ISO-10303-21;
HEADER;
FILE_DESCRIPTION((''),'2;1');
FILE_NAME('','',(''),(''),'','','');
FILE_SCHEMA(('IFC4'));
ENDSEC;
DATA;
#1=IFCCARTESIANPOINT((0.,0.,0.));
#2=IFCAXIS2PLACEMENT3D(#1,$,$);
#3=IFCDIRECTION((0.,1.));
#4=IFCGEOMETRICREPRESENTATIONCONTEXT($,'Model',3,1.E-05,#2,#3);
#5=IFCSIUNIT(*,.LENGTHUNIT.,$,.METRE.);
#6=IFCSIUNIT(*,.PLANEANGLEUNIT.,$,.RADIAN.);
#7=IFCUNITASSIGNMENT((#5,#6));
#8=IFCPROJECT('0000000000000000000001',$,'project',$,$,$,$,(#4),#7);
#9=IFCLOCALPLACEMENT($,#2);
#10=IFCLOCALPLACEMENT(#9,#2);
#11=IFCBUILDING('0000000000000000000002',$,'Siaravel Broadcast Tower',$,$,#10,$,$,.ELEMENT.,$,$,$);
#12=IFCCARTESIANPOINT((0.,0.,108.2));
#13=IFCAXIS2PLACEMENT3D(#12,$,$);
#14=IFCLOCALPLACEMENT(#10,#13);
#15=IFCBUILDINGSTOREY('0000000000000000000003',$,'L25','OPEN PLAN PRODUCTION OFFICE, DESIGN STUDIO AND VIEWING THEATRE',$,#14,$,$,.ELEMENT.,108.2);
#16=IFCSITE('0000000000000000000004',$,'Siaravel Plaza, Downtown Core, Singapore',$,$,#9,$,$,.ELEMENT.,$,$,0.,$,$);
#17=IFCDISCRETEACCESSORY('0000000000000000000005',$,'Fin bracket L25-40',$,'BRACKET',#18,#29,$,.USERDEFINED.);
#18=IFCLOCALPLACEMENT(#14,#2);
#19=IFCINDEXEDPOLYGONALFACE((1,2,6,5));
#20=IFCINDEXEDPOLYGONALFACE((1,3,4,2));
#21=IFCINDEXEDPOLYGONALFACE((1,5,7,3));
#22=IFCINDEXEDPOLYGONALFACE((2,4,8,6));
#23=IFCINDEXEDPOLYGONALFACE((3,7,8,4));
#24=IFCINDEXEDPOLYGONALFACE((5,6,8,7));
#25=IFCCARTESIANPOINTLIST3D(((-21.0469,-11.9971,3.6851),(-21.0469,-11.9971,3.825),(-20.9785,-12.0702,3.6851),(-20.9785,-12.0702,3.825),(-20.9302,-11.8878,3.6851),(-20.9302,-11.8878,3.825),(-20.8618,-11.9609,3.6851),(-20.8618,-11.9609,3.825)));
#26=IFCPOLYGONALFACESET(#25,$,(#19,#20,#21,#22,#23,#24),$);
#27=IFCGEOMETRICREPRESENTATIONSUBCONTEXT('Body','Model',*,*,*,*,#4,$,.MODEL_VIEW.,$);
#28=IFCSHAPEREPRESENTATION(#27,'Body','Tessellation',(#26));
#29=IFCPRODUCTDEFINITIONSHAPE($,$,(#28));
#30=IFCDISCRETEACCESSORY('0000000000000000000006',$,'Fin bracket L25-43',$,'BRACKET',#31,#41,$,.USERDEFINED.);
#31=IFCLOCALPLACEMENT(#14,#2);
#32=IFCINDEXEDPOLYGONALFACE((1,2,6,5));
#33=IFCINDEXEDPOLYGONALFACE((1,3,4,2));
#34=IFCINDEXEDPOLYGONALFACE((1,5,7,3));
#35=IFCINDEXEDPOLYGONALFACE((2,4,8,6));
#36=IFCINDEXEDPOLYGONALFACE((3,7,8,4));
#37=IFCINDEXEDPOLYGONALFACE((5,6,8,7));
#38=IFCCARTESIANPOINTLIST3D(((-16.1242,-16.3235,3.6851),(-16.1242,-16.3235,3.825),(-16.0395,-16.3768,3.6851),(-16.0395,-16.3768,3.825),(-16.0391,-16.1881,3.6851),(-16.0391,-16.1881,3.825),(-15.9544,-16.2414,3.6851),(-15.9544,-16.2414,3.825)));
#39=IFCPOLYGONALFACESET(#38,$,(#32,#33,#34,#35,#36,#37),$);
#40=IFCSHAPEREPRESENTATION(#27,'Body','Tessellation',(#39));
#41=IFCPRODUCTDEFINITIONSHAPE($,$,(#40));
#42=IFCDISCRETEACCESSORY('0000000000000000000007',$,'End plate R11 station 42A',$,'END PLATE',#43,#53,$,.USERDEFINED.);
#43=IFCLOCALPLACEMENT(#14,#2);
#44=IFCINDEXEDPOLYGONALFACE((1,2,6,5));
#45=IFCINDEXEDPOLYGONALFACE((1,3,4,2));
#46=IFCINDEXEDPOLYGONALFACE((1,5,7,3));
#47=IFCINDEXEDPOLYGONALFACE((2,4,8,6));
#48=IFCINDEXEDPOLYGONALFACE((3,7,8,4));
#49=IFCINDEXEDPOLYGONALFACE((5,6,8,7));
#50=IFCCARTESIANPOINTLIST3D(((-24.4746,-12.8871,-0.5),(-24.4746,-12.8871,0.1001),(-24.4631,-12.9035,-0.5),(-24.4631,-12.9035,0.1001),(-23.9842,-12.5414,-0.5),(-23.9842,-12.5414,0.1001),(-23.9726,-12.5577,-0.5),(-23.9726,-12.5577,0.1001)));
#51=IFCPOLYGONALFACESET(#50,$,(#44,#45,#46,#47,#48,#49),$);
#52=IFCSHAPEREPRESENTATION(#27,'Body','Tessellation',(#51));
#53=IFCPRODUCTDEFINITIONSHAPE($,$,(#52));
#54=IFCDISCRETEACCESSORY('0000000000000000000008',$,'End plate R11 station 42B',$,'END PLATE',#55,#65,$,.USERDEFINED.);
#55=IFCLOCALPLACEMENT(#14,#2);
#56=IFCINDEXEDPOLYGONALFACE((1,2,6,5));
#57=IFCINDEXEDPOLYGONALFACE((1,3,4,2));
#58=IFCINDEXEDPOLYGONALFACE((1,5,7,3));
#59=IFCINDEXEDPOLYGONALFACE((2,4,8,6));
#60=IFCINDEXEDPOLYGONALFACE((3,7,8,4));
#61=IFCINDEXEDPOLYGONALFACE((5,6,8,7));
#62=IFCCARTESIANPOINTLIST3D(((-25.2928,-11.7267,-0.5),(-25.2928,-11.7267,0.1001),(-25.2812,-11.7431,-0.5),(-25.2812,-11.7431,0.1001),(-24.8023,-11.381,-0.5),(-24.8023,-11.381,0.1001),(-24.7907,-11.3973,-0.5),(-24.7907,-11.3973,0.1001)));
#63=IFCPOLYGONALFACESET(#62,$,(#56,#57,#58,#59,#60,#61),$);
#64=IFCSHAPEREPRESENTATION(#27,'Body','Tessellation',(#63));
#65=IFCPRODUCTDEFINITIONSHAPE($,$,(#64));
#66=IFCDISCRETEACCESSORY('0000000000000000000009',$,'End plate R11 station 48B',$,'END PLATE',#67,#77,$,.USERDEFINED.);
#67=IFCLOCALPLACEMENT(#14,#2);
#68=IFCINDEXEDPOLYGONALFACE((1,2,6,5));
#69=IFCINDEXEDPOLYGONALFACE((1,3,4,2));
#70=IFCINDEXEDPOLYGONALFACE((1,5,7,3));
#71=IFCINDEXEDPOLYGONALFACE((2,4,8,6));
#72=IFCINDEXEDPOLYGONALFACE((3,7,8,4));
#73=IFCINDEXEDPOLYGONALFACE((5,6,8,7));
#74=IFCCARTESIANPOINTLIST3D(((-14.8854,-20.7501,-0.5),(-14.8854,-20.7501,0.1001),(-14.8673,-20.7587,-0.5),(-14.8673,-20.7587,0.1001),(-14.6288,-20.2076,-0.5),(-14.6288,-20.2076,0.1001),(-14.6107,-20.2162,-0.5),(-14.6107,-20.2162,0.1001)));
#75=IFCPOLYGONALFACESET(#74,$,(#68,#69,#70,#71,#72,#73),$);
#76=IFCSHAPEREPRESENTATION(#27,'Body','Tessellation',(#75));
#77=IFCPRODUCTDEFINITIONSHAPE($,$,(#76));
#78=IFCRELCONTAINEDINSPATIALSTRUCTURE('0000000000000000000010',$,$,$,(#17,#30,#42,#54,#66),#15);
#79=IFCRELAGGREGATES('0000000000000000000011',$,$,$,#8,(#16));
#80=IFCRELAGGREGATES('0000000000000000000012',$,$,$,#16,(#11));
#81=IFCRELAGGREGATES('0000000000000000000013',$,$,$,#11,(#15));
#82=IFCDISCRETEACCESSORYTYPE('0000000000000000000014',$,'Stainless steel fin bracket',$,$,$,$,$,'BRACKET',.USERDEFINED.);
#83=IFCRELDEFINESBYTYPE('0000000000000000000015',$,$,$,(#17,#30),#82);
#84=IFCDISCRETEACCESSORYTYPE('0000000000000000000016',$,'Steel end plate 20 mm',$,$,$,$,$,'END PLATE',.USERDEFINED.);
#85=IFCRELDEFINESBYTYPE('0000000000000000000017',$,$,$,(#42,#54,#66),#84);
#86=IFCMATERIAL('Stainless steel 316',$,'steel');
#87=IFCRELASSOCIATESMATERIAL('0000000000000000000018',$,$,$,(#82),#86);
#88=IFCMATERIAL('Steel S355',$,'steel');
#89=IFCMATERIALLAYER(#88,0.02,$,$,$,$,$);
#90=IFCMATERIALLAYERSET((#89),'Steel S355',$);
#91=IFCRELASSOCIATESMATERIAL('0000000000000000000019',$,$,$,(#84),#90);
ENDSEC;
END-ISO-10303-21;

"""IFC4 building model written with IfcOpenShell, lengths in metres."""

from ifc_helpers import new_model, si_unit, direction, frame, origin, origin_2d, place, context, subcontext, project, spatial, rectangle, extrude, material, layer, layer_set, type_object, element, save


model = new_model("IFC4")

# Units and contexts
model_context = context("Model", 3, precision=1e-05, world=origin(), true_north=direction((0.0, 1.0)))
body_context = subcontext(model_context, "Body", "Model", "MODEL_VIEW")
ifc_project = project(units=[si_unit("LENGTHUNIT", "METRE"), si_unit("PLANEANGLEUNIT", "RADIAN")], contexts=[model_context])

# Site, building, storey
site_placement = place(None, origin())
site = spatial("IfcSite", under=ifc_project, at=site_placement, Name="Siaravel Plaza, Downtown Core, Singapore", CompositionType="ELEMENT", RefElevation=0.0)
building_placement = place(site_placement, origin())
building = spatial("IfcBuilding", under=site, at=building_placement, Name="Siaravel Broadcast Tower", CompositionType="ELEMENT")
storey_placement = place(building_placement, frame((0.0, 0.0, 108.2)))
storey = spatial("IfcBuildingStorey", under=building, at=storey_placement, Name="L25", Description="OPEN PLAN PRODUCTION OFFICE, DESIGN STUDIO AND VIEWING THEATRE", CompositionType="ELEMENT", Elevation=108.2)

# Shared definitions
ifc_material_1 = material(Name="Steel S355", Category="steel")

# Discrete accessories
ifc_material_2 = material(Name="Stainless steel 316", Category="steel")
discrete_accessory_type_1 = type_object("IfcDiscreteAccessoryType", Name="Stainless steel fin bracket", ElementType="BRACKET", PredefinedType="USERDEFINED", material=ifc_material_2)
for number, where, z_axis, x_axis, name in (
    (1, (-20.9543, -11.979, 3.6851), (0.0, 0.0, 1.0), (-0.729804, -0.683656, 0.0), "Fin bracket L25-40"),
    (2, (-16.0393, -16.2825, 3.6851), (0.0, 0.0, 1.0), (-0.532149, -0.84665, 0.0), "Fin bracket L25-43"),
):
    element("IfcDiscreteAccessory", number, at=place(storey_placement, frame(where, z_axis=z_axis, x_axis=x_axis)), inside=storey, type_object=discrete_accessory_type_1, Name=name, ObjectType="BRACKET", PredefinedType="USERDEFINED", context=body_context, shape_type="SweptSolid", body=[
        extrude(rectangle(XDim=0.1599, YDim=0.1001, at=origin_2d()), origin(), (0.0, 0.0, 1.0), 0.1399),
    ])
ifc_layer_1 = layer(ifc_material_1, 0.02)
ifc_layer_set_1 = layer_set([ifc_layer_1], Name="Steel S355")
discrete_accessory_type_2 = type_object("IfcDiscreteAccessoryType", Name="Steel end plate 20 mm", ElementType="END PLATE", PredefinedType="USERDEFINED", material=ifc_layer_set_1)
for number, where, z_axis, x_axis, name in (
    (3, (-24.2236, -12.7224, -0.5), (0.0, 0.0, 1.0), (0.57612, -0.817365, 0.0), "End plate R11 station 42A"),
    (4, (-25.0417, -11.562, -0.5), (0.0, 0.0, 1.0), (0.57612, -0.817365, 0.0), "End plate R11 station 42B"),
    (5, (-14.748, -20.4832, -0.5), (0.0, 0.0, 1.0), (0.904007, -0.427517, 0.0), "End plate R11 station 48B"),
):
    element("IfcDiscreteAccessory", number, at=place(storey_placement, frame(where, z_axis=z_axis, x_axis=x_axis)), inside=storey, type_object=discrete_accessory_type_2, Name=name, ObjectType="END PLATE", PredefinedType="USERDEFINED", context=body_context, shape_type="SweptSolid", body=[
        extrude(rectangle(XDim=0.02, YDim=0.6001, at=origin_2d()), origin(), (0.0, 0.0, 1.0), 0.6001),
    ])

save(model, "model.ifc")
